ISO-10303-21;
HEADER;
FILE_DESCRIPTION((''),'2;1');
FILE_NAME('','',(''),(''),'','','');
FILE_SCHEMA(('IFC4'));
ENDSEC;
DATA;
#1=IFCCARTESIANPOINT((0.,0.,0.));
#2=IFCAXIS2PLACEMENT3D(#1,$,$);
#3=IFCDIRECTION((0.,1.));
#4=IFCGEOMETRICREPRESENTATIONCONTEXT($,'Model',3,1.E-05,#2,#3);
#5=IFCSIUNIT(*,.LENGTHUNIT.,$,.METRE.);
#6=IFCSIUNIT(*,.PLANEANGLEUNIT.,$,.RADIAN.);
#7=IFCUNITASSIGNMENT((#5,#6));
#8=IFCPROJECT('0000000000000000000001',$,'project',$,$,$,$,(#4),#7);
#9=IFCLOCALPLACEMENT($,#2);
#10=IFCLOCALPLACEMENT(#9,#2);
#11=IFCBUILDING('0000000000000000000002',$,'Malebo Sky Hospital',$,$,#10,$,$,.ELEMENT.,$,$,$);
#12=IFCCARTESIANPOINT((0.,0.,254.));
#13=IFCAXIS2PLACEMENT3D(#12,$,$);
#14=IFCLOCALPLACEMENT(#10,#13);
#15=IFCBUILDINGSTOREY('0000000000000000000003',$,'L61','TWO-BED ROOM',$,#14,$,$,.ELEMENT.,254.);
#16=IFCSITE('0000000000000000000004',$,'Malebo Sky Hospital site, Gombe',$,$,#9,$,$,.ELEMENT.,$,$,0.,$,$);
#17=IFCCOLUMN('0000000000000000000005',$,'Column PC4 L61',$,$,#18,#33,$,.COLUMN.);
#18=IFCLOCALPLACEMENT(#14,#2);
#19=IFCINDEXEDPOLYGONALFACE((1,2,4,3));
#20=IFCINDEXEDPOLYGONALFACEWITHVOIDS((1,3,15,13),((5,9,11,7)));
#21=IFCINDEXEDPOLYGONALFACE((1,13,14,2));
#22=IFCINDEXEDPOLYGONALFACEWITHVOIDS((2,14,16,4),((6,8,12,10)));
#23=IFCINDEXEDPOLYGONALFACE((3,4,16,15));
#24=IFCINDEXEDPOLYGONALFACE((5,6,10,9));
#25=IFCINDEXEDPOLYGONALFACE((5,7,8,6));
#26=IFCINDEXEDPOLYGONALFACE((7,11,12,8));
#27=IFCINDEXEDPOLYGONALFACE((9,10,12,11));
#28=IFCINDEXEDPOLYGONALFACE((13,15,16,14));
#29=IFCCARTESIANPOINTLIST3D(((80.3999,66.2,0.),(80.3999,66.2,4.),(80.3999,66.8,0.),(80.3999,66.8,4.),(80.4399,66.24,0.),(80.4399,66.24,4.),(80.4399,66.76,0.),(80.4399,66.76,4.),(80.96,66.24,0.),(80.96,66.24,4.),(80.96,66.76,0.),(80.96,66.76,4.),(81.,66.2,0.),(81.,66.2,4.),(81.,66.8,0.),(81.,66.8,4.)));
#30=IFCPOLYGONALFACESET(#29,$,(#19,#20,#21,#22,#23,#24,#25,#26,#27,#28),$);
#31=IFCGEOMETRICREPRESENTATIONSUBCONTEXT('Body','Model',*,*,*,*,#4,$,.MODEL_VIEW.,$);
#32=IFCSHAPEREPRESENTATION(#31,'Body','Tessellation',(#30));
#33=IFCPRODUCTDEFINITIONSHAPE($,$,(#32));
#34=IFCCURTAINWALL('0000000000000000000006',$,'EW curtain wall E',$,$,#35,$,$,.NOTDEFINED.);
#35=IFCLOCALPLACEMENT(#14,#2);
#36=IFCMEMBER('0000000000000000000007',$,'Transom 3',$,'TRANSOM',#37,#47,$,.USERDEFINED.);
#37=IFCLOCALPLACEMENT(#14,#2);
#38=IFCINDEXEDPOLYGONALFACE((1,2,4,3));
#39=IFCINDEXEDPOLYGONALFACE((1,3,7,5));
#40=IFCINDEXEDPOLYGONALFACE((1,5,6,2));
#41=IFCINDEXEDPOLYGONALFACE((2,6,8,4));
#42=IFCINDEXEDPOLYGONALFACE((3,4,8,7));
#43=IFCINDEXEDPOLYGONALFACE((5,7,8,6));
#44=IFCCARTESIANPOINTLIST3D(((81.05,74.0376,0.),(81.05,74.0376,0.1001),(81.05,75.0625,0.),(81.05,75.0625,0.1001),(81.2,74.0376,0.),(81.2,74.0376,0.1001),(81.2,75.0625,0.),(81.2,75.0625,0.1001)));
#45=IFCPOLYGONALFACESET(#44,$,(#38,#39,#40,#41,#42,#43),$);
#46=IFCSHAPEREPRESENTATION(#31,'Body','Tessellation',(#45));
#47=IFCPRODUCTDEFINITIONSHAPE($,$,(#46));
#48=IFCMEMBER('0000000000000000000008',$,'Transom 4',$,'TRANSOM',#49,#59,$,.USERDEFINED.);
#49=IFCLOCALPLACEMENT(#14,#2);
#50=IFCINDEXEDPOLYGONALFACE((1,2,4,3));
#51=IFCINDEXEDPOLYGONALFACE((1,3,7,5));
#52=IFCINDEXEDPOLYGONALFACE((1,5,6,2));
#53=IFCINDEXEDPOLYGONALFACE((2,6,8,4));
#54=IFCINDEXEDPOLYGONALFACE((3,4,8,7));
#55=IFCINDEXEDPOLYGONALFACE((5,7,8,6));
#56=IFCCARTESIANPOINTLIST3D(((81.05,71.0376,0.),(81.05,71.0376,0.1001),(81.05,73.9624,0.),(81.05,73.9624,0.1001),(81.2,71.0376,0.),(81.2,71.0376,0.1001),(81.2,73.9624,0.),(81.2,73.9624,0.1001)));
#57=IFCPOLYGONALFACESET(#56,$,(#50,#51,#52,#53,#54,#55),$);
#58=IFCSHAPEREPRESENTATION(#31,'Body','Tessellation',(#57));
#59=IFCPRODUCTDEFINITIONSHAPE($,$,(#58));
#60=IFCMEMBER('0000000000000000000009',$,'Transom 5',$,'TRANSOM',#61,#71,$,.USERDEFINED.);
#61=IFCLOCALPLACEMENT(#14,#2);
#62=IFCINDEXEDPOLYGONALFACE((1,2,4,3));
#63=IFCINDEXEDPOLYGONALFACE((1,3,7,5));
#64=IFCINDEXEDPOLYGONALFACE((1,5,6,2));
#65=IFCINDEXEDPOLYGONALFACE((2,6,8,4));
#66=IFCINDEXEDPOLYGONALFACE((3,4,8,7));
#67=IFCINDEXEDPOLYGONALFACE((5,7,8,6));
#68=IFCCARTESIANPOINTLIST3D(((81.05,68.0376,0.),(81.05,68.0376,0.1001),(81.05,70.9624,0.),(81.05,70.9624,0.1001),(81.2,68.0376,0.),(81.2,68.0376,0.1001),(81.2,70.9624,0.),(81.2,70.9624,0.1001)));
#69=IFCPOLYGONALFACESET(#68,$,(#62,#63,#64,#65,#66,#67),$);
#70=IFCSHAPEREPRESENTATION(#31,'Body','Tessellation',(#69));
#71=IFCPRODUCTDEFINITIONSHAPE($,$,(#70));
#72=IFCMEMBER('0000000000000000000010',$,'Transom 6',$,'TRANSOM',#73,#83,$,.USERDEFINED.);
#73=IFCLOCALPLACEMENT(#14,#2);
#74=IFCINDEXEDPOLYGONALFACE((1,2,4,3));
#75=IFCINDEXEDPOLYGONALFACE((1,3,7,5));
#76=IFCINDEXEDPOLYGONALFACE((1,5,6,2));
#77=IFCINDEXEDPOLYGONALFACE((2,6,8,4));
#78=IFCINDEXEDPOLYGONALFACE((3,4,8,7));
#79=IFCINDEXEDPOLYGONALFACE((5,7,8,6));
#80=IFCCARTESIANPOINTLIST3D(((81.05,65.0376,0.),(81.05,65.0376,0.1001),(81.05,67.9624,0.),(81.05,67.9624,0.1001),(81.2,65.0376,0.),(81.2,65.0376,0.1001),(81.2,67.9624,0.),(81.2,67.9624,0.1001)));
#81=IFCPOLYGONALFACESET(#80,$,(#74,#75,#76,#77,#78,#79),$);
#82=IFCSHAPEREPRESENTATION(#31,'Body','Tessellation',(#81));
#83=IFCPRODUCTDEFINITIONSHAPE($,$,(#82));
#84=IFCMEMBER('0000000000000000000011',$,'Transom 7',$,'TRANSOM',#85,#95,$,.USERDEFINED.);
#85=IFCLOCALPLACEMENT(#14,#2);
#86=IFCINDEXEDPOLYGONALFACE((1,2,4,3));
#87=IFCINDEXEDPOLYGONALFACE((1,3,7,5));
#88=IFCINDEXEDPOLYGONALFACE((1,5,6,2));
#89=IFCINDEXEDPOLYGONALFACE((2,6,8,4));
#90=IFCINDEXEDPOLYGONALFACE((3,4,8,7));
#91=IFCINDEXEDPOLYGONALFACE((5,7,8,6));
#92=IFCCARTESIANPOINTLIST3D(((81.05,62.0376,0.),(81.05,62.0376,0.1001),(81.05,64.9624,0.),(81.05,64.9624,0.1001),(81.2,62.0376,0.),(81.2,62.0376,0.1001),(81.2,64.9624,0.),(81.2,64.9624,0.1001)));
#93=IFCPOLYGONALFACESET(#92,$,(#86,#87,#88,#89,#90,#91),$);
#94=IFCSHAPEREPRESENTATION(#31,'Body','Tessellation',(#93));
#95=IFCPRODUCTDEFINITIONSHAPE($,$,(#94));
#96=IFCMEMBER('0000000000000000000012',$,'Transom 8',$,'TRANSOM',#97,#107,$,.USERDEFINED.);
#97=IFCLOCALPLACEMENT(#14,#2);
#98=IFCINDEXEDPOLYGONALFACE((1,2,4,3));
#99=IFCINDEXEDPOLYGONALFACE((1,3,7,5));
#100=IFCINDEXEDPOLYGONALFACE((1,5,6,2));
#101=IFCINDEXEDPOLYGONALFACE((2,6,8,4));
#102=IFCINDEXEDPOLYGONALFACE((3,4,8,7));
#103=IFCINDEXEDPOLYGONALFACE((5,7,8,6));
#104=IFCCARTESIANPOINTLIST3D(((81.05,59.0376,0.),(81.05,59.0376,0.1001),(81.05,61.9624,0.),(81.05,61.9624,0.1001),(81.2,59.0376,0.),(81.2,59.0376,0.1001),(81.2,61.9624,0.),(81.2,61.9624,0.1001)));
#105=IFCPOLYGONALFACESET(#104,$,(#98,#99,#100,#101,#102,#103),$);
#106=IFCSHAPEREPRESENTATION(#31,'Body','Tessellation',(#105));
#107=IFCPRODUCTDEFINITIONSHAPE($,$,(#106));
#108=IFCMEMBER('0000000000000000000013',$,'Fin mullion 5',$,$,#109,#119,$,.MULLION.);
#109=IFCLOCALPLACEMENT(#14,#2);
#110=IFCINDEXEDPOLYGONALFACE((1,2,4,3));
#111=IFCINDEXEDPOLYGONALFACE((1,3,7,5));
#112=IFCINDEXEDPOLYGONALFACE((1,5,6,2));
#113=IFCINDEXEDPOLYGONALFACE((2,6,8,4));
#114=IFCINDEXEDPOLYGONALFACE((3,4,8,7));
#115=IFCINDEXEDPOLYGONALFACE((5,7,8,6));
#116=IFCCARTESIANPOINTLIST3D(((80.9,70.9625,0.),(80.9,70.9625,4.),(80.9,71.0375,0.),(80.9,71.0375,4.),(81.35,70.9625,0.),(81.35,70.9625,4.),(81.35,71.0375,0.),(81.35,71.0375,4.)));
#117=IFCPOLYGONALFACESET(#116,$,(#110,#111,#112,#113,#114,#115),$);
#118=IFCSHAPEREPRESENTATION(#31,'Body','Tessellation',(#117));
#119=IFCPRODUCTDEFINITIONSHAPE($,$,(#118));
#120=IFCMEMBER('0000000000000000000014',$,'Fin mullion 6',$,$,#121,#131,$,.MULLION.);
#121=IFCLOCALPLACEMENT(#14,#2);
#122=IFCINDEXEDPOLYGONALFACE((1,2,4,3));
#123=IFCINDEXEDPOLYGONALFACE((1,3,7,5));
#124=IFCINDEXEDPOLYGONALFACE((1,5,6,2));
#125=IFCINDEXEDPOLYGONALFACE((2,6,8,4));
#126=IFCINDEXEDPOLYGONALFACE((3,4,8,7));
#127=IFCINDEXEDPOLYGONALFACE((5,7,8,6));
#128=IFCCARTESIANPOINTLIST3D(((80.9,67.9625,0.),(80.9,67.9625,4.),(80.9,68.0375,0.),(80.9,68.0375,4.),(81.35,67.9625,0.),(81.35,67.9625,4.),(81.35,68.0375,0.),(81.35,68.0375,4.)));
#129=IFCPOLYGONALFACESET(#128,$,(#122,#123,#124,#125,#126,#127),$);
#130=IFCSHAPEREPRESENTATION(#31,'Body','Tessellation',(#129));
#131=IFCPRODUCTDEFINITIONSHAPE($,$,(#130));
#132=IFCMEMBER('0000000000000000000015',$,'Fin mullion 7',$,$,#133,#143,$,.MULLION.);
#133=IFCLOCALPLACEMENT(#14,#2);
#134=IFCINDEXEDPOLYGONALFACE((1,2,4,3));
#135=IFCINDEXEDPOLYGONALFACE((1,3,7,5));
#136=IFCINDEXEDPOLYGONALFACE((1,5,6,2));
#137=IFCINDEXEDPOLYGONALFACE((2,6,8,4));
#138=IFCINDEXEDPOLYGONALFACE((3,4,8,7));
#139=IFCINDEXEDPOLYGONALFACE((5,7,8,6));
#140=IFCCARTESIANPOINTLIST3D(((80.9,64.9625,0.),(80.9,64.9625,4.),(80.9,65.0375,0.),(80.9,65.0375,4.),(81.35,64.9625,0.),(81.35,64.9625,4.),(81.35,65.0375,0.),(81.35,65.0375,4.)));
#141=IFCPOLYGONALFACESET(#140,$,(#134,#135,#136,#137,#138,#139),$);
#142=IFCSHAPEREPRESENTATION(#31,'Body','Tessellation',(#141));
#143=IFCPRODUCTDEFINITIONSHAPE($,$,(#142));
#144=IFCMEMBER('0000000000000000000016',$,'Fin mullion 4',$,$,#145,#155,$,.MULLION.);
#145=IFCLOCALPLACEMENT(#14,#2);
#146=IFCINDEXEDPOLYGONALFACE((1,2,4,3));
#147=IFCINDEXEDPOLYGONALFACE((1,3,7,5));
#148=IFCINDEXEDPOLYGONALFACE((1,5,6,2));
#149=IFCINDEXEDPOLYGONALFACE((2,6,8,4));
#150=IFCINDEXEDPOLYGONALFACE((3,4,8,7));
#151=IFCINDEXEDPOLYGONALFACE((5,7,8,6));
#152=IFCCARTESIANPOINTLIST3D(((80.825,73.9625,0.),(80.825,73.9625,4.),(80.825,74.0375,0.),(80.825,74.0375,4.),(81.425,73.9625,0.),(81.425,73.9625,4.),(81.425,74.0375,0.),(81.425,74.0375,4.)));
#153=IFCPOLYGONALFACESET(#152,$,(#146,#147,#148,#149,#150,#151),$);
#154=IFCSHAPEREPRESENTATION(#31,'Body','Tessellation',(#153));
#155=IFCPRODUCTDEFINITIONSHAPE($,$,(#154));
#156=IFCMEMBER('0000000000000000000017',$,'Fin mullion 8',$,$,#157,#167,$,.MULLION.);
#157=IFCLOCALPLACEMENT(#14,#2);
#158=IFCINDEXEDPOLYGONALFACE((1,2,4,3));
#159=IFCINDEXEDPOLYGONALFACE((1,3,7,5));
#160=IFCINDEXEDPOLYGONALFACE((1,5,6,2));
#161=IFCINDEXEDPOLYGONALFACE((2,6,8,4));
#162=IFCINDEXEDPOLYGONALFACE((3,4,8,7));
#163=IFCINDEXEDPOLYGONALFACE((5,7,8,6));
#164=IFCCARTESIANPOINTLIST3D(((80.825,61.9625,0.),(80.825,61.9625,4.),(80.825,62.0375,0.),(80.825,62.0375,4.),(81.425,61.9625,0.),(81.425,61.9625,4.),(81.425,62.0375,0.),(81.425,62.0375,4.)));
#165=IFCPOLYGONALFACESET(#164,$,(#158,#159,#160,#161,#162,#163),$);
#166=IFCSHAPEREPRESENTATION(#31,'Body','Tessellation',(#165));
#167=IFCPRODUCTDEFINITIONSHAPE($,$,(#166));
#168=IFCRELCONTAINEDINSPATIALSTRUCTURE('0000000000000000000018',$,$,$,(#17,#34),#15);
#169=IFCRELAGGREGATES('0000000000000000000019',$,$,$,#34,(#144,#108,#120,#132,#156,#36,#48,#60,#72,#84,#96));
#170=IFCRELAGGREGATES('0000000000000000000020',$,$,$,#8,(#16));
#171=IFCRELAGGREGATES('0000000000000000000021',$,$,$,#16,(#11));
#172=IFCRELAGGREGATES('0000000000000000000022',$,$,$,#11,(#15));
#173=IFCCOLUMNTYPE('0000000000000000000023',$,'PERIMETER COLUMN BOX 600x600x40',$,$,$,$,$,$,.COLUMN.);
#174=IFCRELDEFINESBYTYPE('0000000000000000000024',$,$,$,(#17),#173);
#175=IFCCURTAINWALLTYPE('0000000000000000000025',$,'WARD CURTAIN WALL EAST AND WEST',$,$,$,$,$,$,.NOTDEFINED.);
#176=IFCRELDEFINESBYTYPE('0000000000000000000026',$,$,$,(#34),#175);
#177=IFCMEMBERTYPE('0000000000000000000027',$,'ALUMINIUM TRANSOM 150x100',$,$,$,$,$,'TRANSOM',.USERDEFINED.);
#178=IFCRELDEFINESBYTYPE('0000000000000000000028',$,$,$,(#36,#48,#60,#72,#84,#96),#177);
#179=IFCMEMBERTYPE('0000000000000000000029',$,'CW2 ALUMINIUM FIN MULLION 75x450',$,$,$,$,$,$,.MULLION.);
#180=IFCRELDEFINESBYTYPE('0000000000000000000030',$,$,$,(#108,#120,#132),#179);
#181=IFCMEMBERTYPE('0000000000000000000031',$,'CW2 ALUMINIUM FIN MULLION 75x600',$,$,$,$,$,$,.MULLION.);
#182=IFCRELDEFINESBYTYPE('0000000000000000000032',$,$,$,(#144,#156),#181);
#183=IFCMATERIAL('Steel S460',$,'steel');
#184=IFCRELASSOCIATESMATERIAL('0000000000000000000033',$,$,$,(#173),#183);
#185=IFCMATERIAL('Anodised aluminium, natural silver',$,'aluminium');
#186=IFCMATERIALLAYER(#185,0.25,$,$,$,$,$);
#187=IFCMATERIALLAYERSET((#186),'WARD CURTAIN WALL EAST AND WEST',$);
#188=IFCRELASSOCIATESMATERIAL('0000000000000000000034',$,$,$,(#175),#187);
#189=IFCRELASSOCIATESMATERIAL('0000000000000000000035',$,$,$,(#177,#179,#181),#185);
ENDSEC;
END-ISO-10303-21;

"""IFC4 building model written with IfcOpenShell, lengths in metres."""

from ifc_helpers import new_model, si_unit, direction, frame, origin, origin_2d, place, context, subcontext, project, spatial, rectangle, hollow_rectangle, extrude, material, layer, layer_set, material_profile, profile_set, type_object, element, aggregate, save


model = new_model("IFC4")

# Units and contexts
model_context = context("Model", 3, precision=1e-05, world=origin(), true_north=direction((0.0, 1.0)))
body_context = subcontext(model_context, "Body", "Model", "MODEL_VIEW")
ifc_project = project(units=[si_unit("LENGTHUNIT", "METRE"), si_unit("PLANEANGLEUNIT", "RADIAN")], contexts=[model_context])

# Site, building, storey
site_placement = place(None, origin())
site = spatial("IfcSite", under=ifc_project, at=site_placement, Name="Malebo Sky Hospital site, Gombe", CompositionType="ELEMENT", RefElevation=0.0)
building_placement = place(site_placement, origin())
building = spatial("IfcBuilding", under=site, at=building_placement, Name="Malebo Sky Hospital", CompositionType="ELEMENT")
storey_placement = place(building_placement, frame((0.0, 0.0, 254.0)))
storey = spatial("IfcBuildingStorey", under=building, at=storey_placement, Name="L61", Description="TWO-BED ROOM", CompositionType="ELEMENT", Elevation=254.0)

# Column
ifc_material_1 = material(Name="Steel S460", Category="steel")
ifc_material_profile_1 = material_profile(ifc_material_1, hollow_rectangle(XDim=0.6001, YDim=0.6001, WallThickness=0.04, at=origin_2d()), Name="BOX 600x600x40")
ifc_profile_set_1 = profile_set([ifc_material_profile_1], Name="Steel S460")
column_type = type_object("IfcColumnType", Name="PERIMETER COLUMN BOX 600x600x40", PredefinedType="COLUMN", material=ifc_profile_set_1)
column_placement = place(storey_placement, frame((80.7, 66.5, 0.0), z_axis=(0.0, 0.0, 1.0), x_axis=(1.0, 0.0, 0.0)))
element("IfcColumn", 1, at=column_placement, inside=storey, type_object=column_type, Name="Column PC4 L61", PredefinedType="COLUMN", context=body_context, shape_type="SweptSolid", body=[
    extrude(hollow_rectangle(XDim=0.6001, YDim=0.6001, WallThickness=0.04, at=origin_2d()), origin(), (0.0, 0.0, 1.0), 4.0),
])

# Curtain wall, members
ifc_material_2 = material(Name="Anodised aluminium, natural silver", Category="aluminium")
ifc_layer_1 = layer(ifc_material_2, 0.25)
ifc_layer_set_1 = layer_set([ifc_layer_1], Name="WARD CURTAIN WALL EAST AND WEST")
curtain_wall_type = type_object("IfcCurtainWallType", Name="WARD CURTAIN WALL EAST AND WEST", PredefinedType="NOTDEFINED", material=ifc_layer_set_1)
curtain_wall_placement = place(storey_placement, origin())
curtain_wall = element("IfcCurtainWall", 2, at=curtain_wall_placement, inside=storey, type_object=curtain_wall_type, Name="EW curtain wall E", PredefinedType="NOTDEFINED")
ifc_material_profile_2 = material_profile(ifc_material_2, rectangle(XDim=0.1499, YDim=0.1001, at=origin_2d()), Name="ALUMINIUM TRANSOM 150x100")
ifc_profile_set_2 = profile_set([ifc_material_profile_2], Name="Anodised aluminium, natural silver")
member_type_1 = type_object("IfcMemberType", Name="ALUMINIUM TRANSOM 150x100", ElementType="TRANSOM", PredefinedType="USERDEFINED", material=ifc_profile_set_2)
member_1_placement = place(storey_placement, frame((81.125, 75.0625, 0.05), z_axis=(0.0, -1.0, 0.0), x_axis=(1.0, 0.0, 0.0)))
member_1 = element("IfcMember", 3, at=member_1_placement, type_object=member_type_1, Name="Transom 3", ObjectType="TRANSOM", PredefinedType="USERDEFINED", context=body_context, shape_type="SweptSolid", body=[
    extrude(rectangle(XDim=0.1499, YDim=0.1001, at=origin_2d()), origin(), (0.0, 0.0, 1.0), 1.0249),
])
member_2_placement = place(storey_placement, frame((81.125, 73.9624, 0.05), z_axis=(0.0, -1.0, 0.0), x_axis=(1.0, 0.0, 0.0)))
member_2 = element("IfcMember", 4, at=member_2_placement, type_object=member_type_1, Name="Transom 4", ObjectType="TRANSOM", PredefinedType="USERDEFINED", context=body_context, shape_type="SweptSolid", body=[
    extrude(rectangle(XDim=0.1499, YDim=0.1001, at=origin_2d()), origin(), (0.0, 0.0, 1.0), 2.9248),
])
member_3_placement = place(storey_placement, frame((81.125, 70.9624, 0.05), z_axis=(0.0, -1.0, 0.0), x_axis=(1.0, 0.0, 0.0)))
member_3 = element("IfcMember", 5, at=member_3_placement, type_object=member_type_1, Name="Transom 5", ObjectType="TRANSOM", PredefinedType="USERDEFINED", context=body_context, shape_type="SweptSolid", body=[
    extrude(rectangle(XDim=0.1499, YDim=0.1001, at=origin_2d()), origin(), (0.0, 0.0, 1.0), 2.9248),
])
member_4_placement = place(storey_placement, frame((81.125, 67.9624, 0.05), z_axis=(0.0, -1.0, 0.0), x_axis=(1.0, 0.0, 0.0)))
member_4 = element("IfcMember", 6, at=member_4_placement, type_object=member_type_1, Name="Transom 6", ObjectType="TRANSOM", PredefinedType="USERDEFINED", context=body_context, shape_type="SweptSolid", body=[
    extrude(rectangle(XDim=0.1499, YDim=0.1001, at=origin_2d()), origin(), (0.0, 0.0, 1.0), 2.9248),
])
member_5_placement = place(storey_placement, frame((81.125, 64.9624, 0.05), z_axis=(0.0, -1.0, 0.0), x_axis=(1.0, 0.0, 0.0)))
member_5 = element("IfcMember", 7, at=member_5_placement, type_object=member_type_1, Name="Transom 7", ObjectType="TRANSOM", PredefinedType="USERDEFINED", context=body_context, shape_type="SweptSolid", body=[
    extrude(rectangle(XDim=0.1499, YDim=0.1001, at=origin_2d()), origin(), (0.0, 0.0, 1.0), 2.9248),
])
member_6_placement = place(storey_placement, frame((81.125, 61.9624, 0.05), z_axis=(0.0, -1.0, 0.0), x_axis=(1.0, 0.0, 0.0)))
member_6 = element("IfcMember", 8, at=member_6_placement, type_object=member_type_1, Name="Transom 8", ObjectType="TRANSOM", PredefinedType="USERDEFINED", context=body_context, shape_type="SweptSolid", body=[
    extrude(rectangle(XDim=0.1499, YDim=0.1001, at=origin_2d()), origin(), (0.0, 0.0, 1.0), 2.9248),
])
ifc_material_profile_3 = material_profile(ifc_material_2, rectangle(XDim=0.075, YDim=0.45, at=origin_2d()), Name="CW2 ALUMINIUM FIN MULLION 75x450")
ifc_profile_set_3 = profile_set([ifc_material_profile_3], Name="Anodised aluminium, natural silver")
member_type_2 = type_object("IfcMemberType", Name="CW2 ALUMINIUM FIN MULLION 75x450", PredefinedType="MULLION", material=ifc_profile_set_3)
member_7_placement = place(storey_placement, frame((81.125, 71.0, 0.0), z_axis=(0.0, 0.0, 1.0), x_axis=(0.0, -1.0, 0.0)))
member_7 = element("IfcMember", 9, at=member_7_placement, type_object=member_type_2, Name="Fin mullion 5", PredefinedType="MULLION", context=body_context, shape_type="SweptSolid", body=[
    extrude(rectangle(XDim=0.075, YDim=0.45, at=origin_2d()), origin(), (0.0, 0.0, 1.0), 4.0),
])
member_8_placement = place(storey_placement, frame((81.125, 68.0, 0.0), z_axis=(0.0, 0.0, 1.0), x_axis=(0.0, -1.0, 0.0)))
member_8 = element("IfcMember", 10, at=member_8_placement, type_object=member_type_2, Name="Fin mullion 6", PredefinedType="MULLION", context=body_context, shape_type="SweptSolid", body=[
    extrude(rectangle(XDim=0.075, YDim=0.45, at=origin_2d()), origin(), (0.0, 0.0, 1.0), 4.0),
])
member_9_placement = place(storey_placement, frame((81.125, 65.0, 0.0), z_axis=(0.0, 0.0, 1.0), x_axis=(0.0, -1.0, 0.0)))
member_9 = element("IfcMember", 11, at=member_9_placement, type_object=member_type_2, Name="Fin mullion 7", PredefinedType="MULLION", context=body_context, shape_type="SweptSolid", body=[
    extrude(rectangle(XDim=0.075, YDim=0.45, at=origin_2d()), origin(), (0.0, 0.0, 1.0), 4.0),
])
ifc_material_profile_4 = material_profile(ifc_material_2, rectangle(XDim=0.075, YDim=0.6001, at=origin_2d()), Name="CW2 ALUMINIUM FIN MULLION 75x600")
ifc_profile_set_4 = profile_set([ifc_material_profile_4], Name="Anodised aluminium, natural silver")
member_type_3 = type_object("IfcMemberType", Name="CW2 ALUMINIUM FIN MULLION 75x600", PredefinedType="MULLION", material=ifc_profile_set_4)
member_10_placement = place(storey_placement, frame((81.125, 74.0, 0.0), z_axis=(0.0, 0.0, 1.0), x_axis=(0.0, -1.0, 0.0)))
member_10 = element("IfcMember", 12, at=member_10_placement, type_object=member_type_3, Name="Fin mullion 4", PredefinedType="MULLION", context=body_context, shape_type="SweptSolid", body=[
    extrude(rectangle(XDim=0.075, YDim=0.6001, at=origin_2d()), origin(), (0.0, 0.0, 1.0), 4.0),
])
member_11_placement = place(storey_placement, frame((81.125, 62.0, 0.0), z_axis=(0.0, 0.0, 1.0), x_axis=(0.0, -1.0, 0.0)))
member_11 = element("IfcMember", 13, at=member_11_placement, type_object=member_type_3, Name="Fin mullion 8", PredefinedType="MULLION", context=body_context, shape_type="SweptSolid", body=[
    extrude(rectangle(XDim=0.075, YDim=0.6001, at=origin_2d()), origin(), (0.0, 0.0, 1.0), 4.0),
])

aggregate(curtain_wall, [member_10, member_7, member_8, member_9, member_11, member_1, member_2, member_3, member_4, member_5, member_6])

save(model, "model.ifc")
